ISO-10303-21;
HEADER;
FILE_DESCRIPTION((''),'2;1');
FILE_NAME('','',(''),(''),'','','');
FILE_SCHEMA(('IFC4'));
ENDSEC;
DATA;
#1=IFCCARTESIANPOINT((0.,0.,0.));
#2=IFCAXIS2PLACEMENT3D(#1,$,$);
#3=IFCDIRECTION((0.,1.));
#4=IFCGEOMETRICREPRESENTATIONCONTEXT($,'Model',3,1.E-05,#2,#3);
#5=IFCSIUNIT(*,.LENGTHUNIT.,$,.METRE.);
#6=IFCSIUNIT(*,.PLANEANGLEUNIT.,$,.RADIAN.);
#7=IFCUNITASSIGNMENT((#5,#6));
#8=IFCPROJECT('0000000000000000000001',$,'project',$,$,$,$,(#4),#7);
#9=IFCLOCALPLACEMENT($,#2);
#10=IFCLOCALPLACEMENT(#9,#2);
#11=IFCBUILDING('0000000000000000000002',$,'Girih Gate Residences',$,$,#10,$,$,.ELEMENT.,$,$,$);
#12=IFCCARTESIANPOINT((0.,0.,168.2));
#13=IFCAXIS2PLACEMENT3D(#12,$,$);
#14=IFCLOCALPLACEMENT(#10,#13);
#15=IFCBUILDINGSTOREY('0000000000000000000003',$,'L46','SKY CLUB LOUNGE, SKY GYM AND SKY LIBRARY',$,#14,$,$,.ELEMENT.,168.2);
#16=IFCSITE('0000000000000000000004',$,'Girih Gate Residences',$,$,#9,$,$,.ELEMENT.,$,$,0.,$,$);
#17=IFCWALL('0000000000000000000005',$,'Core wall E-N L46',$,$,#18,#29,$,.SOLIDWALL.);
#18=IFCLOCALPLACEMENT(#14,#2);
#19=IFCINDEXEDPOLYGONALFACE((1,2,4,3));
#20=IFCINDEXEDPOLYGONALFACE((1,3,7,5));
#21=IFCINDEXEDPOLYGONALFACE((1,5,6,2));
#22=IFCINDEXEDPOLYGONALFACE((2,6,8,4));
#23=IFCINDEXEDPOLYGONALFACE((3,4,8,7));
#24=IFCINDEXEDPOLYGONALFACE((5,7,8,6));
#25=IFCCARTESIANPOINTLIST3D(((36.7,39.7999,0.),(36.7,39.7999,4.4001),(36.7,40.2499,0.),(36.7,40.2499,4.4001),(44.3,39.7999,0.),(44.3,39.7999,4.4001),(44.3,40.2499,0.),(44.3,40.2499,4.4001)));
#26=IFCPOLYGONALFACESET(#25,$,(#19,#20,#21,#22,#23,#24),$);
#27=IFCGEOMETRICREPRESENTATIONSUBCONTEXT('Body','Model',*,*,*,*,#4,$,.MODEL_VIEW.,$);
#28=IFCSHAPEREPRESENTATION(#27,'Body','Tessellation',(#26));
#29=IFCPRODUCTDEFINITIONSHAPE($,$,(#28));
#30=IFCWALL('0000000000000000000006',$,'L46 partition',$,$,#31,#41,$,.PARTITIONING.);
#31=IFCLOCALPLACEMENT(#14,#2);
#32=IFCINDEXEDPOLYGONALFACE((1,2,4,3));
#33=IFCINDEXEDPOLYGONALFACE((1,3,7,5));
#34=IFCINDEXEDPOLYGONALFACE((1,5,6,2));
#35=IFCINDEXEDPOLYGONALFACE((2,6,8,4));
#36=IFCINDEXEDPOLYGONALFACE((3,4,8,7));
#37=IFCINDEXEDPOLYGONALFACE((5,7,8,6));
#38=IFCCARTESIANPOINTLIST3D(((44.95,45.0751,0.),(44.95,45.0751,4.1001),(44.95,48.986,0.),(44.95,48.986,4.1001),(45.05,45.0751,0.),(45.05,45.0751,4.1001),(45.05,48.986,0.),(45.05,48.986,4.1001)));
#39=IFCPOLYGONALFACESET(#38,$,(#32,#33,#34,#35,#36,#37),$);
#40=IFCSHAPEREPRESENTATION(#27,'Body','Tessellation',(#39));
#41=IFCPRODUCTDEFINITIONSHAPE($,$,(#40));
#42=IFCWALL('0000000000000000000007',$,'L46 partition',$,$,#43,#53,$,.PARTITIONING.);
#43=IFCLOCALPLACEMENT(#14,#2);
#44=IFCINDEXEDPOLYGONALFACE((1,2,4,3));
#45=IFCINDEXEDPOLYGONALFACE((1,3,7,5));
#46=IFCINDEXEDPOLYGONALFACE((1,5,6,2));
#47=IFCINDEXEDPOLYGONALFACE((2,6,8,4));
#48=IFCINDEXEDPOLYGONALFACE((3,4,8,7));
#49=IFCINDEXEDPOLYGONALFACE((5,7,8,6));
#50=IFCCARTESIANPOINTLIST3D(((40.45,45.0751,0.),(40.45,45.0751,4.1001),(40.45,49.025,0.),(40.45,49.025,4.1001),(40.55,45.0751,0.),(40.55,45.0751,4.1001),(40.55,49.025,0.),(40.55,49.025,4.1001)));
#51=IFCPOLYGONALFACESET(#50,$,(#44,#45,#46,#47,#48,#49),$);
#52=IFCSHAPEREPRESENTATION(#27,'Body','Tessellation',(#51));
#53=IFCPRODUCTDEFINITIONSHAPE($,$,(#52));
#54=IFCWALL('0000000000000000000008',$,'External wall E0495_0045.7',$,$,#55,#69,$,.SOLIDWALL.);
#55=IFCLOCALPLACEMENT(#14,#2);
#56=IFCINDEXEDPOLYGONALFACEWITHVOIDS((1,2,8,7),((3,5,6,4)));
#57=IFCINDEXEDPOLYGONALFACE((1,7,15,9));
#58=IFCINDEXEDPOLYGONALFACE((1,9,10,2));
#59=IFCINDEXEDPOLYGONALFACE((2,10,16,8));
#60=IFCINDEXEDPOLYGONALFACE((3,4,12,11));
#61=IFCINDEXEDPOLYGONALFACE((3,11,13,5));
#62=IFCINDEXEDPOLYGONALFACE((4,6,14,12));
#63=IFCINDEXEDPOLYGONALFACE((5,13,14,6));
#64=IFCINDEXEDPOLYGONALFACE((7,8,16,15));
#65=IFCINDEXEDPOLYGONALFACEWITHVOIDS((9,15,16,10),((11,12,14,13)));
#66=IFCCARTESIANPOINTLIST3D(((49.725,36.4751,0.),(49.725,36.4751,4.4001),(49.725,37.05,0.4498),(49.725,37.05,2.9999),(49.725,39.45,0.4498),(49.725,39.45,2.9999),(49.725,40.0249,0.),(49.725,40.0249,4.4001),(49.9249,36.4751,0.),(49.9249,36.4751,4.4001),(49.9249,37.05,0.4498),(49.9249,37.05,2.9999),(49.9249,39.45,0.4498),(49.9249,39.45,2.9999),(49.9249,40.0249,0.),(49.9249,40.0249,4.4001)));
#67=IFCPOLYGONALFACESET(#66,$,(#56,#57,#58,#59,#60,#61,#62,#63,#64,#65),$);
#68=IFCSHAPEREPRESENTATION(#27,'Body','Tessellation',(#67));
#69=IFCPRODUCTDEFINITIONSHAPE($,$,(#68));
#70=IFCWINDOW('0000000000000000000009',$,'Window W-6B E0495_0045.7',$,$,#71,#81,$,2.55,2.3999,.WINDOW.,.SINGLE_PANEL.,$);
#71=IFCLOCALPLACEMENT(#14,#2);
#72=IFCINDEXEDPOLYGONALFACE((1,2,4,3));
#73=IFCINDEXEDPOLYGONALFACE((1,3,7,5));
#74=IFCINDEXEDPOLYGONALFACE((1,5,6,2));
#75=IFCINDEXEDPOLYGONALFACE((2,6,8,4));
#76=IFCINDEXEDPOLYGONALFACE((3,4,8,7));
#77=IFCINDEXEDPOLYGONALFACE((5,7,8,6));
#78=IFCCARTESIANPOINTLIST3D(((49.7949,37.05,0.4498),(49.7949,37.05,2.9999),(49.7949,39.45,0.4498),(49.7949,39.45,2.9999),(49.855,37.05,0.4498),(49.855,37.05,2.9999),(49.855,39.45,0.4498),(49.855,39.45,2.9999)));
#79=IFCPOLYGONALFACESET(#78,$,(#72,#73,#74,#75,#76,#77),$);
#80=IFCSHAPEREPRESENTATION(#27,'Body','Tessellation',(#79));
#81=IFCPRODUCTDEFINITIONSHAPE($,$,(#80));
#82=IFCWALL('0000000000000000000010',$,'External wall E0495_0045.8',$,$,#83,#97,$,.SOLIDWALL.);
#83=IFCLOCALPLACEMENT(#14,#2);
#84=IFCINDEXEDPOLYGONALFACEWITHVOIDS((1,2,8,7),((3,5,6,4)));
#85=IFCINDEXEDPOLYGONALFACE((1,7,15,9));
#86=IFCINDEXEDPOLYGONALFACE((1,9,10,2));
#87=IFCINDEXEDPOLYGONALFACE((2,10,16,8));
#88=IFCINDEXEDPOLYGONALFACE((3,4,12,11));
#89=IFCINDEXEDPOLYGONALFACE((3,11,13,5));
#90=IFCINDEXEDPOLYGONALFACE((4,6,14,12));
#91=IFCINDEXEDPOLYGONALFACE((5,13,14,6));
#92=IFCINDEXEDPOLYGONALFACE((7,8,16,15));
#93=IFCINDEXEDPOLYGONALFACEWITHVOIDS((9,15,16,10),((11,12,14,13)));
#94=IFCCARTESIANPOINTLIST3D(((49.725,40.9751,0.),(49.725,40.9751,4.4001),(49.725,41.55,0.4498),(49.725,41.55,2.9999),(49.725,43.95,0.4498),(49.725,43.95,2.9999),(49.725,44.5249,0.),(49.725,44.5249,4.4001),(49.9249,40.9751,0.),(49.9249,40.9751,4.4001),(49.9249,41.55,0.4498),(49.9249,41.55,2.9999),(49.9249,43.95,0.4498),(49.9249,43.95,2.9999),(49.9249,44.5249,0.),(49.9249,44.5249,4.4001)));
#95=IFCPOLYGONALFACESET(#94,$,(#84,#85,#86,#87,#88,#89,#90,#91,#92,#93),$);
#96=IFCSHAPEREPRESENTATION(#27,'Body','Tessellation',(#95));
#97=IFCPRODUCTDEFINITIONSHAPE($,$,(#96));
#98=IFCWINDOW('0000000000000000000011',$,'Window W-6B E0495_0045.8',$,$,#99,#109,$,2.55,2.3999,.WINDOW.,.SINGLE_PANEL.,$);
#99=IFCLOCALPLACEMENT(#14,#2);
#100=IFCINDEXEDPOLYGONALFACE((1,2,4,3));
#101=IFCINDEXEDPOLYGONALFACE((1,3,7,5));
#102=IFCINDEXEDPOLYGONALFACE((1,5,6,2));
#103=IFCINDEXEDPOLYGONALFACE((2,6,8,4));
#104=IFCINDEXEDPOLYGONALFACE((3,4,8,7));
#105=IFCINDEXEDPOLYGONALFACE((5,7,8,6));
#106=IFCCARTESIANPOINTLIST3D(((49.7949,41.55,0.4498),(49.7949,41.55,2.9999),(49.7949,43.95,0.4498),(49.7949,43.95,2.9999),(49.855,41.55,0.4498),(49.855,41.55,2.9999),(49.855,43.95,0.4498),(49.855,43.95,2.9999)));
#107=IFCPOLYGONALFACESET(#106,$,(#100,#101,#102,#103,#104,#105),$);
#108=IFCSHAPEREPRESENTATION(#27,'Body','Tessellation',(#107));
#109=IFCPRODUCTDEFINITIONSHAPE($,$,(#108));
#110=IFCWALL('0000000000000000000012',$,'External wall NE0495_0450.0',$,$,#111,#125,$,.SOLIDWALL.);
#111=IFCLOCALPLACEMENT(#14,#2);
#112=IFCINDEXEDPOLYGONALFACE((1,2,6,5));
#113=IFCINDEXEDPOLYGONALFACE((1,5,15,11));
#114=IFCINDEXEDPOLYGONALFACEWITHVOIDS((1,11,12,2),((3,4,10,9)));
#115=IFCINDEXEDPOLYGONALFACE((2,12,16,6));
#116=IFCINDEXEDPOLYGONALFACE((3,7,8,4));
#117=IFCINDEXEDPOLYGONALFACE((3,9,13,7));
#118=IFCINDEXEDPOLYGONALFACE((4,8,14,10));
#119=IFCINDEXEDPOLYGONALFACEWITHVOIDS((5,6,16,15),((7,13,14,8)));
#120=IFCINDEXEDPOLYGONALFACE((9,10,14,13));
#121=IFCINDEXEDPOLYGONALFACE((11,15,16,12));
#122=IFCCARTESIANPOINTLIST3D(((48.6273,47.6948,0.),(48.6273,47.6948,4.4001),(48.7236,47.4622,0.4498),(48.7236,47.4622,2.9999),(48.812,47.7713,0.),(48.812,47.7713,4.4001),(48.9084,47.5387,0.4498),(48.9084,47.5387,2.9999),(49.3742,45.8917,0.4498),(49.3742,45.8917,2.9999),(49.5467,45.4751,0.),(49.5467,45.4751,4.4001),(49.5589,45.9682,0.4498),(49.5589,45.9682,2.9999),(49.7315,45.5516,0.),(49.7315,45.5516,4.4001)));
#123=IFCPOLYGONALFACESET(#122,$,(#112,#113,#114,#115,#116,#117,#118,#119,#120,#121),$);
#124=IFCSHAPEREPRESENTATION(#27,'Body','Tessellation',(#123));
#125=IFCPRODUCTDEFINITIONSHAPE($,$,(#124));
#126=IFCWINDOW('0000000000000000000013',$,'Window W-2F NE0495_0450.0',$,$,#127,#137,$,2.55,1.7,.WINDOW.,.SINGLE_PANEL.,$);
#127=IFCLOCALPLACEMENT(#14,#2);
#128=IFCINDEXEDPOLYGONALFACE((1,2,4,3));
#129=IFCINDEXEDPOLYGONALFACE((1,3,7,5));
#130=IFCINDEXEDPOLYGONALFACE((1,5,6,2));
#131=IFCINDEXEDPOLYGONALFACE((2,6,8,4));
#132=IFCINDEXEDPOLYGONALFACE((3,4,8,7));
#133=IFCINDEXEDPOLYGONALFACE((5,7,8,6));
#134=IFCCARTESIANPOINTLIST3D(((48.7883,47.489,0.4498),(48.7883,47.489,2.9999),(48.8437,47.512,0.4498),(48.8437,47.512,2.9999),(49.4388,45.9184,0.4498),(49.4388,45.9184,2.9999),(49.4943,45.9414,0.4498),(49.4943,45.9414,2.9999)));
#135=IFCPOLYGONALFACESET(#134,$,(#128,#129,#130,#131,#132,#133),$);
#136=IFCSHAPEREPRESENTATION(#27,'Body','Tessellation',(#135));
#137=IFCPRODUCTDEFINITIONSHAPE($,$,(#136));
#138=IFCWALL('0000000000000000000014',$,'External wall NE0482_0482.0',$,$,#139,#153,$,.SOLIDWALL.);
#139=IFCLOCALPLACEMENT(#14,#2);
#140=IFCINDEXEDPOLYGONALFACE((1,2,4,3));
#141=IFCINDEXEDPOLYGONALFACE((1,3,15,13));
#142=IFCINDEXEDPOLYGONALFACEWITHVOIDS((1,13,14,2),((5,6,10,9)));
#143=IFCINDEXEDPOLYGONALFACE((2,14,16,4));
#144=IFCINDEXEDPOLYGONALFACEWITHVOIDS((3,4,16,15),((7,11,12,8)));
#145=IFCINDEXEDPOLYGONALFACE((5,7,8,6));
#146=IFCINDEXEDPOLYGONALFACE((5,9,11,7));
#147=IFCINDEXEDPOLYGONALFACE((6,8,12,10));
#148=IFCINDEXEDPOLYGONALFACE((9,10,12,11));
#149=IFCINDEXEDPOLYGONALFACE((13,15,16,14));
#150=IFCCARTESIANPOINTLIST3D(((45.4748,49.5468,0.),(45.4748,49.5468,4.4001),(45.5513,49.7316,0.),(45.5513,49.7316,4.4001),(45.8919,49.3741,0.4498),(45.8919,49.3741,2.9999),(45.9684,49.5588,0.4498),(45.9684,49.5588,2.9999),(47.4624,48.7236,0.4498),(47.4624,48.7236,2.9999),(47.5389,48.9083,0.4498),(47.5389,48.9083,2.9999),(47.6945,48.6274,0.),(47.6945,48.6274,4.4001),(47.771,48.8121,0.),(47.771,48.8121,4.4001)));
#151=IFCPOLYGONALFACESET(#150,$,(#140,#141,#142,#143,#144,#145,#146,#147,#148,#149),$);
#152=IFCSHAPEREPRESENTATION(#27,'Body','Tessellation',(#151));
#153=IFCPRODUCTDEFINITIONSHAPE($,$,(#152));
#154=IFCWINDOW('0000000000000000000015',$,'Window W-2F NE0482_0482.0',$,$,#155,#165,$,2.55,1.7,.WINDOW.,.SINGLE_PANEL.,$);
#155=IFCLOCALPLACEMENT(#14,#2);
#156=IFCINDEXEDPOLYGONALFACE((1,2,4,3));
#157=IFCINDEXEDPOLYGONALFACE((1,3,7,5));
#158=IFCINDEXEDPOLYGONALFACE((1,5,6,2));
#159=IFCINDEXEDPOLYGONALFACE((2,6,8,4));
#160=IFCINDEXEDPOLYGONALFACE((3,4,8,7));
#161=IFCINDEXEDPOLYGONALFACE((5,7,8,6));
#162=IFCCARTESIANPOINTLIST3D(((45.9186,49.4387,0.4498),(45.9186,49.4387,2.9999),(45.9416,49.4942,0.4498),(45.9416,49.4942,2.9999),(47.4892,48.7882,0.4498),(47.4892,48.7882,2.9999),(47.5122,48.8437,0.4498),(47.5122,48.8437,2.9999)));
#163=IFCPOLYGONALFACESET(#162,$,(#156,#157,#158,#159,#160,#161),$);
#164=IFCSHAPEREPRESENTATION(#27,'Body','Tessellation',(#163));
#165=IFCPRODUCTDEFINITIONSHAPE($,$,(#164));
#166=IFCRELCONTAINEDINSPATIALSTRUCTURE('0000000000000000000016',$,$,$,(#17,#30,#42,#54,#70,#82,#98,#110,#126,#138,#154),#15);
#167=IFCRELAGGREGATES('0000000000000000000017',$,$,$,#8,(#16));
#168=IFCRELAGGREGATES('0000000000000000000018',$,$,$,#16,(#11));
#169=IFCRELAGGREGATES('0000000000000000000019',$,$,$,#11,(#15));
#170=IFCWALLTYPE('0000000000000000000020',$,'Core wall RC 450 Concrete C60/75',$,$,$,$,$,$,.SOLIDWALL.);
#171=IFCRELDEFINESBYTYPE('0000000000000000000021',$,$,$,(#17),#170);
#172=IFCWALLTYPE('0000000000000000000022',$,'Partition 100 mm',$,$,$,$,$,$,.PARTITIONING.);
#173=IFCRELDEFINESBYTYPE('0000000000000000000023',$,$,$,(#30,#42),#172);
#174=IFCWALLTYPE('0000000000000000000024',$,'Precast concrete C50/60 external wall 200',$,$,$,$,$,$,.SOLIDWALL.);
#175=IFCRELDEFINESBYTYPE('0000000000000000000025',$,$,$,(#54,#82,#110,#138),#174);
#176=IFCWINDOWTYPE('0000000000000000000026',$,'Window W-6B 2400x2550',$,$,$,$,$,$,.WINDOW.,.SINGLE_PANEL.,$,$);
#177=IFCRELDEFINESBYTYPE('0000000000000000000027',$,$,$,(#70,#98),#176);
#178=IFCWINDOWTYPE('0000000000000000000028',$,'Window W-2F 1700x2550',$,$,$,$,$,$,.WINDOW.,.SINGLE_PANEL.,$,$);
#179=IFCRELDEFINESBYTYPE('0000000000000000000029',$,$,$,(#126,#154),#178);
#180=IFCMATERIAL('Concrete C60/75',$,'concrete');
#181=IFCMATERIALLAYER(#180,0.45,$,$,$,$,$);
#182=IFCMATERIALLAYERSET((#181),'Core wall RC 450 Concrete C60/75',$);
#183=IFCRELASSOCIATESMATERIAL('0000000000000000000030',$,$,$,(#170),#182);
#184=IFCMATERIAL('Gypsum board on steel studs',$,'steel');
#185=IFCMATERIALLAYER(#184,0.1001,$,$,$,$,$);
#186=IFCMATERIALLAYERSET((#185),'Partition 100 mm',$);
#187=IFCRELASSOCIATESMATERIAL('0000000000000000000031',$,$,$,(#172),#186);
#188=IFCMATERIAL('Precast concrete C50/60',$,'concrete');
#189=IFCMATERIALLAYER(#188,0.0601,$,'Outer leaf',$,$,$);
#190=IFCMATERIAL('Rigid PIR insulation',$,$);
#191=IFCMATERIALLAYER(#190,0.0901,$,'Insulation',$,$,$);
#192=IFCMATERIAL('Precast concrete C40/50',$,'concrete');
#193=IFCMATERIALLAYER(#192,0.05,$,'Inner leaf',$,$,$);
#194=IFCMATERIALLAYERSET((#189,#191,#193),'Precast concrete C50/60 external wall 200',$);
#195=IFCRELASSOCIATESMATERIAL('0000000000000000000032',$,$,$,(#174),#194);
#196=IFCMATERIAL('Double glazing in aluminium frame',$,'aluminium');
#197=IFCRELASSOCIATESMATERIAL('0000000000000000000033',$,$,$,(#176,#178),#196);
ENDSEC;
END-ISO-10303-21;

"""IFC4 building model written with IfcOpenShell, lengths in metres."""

from ifc_helpers import new_model, si_unit, direction, frame, frame_2d, origin, place, context, subcontext, project, spatial, rectangle, extrude, material, layer, layer_set, type_object, element, fill, save


model = new_model("IFC4")

# Units and contexts
model_context = context("Model", 3, precision=1e-05, world=origin(), true_north=direction((0.0, 1.0)))
body_context = subcontext(model_context, "Body", "Model", "MODEL_VIEW")
ifc_project = project(units=[si_unit("LENGTHUNIT", "METRE"), si_unit("PLANEANGLEUNIT", "RADIAN")], contexts=[model_context])

# Site, building, storey
site_placement = place(None, origin())
site = spatial("IfcSite", under=ifc_project, at=site_placement, Name="Girih Gate Residences", CompositionType="ELEMENT", RefElevation=0.0)
building_placement = place(site_placement, origin())
building = spatial("IfcBuilding", under=site, at=building_placement, Name="Girih Gate Residences", CompositionType="ELEMENT")
storey_placement = place(building_placement, frame((0.0, 0.0, 168.2)))
storey = spatial("IfcBuildingStorey", under=building, at=storey_placement, Name="L46", Description="SKY CLUB LOUNGE, SKY GYM AND SKY LIBRARY", CompositionType="ELEMENT", Elevation=168.2)

# Shared definitions
ifc_material_1 = material(Name="Concrete C60/75", Category="concrete")

# Shared definitions
ifc_material_2 = material(Name="Gypsum board on steel studs", Category="steel")

# Walls
ifc_layer_1 = layer(ifc_material_1, 0.45)
ifc_layer_set_1 = layer_set([ifc_layer_1], Name="Core wall RC 450 Concrete C60/75")
wall_type_1 = type_object("IfcWallType", Name="Core wall RC 450 Concrete C60/75", PredefinedType="SOLIDWALL", material=ifc_layer_set_1)
wall_1_placement = place(storey_placement, frame((36.7, 40.0249, 0.0), z_axis=(0.0, 0.0, 1.0), x_axis=(1.0, 0.0, 0.0)))
element("IfcWall", 1, at=wall_1_placement, inside=storey, type_object=wall_type_1, Name="Core wall E-N L46", PredefinedType="SOLIDWALL", context=body_context, shape_type="SweptSolid", body=[
    extrude(rectangle(XDim=7.6001, YDim=0.45, at=frame_2d((3.8, 0.0))), origin(), (0.0, 0.0, 1.0), 4.4001),
])
ifc_layer_2 = layer(ifc_material_2, 0.1001)
ifc_layer_set_2 = layer_set([ifc_layer_2], Name="Partition 100 mm")
wall_type_2 = type_object("IfcWallType", Name="Partition 100 mm", PredefinedType="PARTITIONING", material=ifc_layer_set_2)
wall_2_placement = place(storey_placement, frame((45.0, 45.075, 0.0), z_axis=(0.0, 0.0, 1.0), x_axis=(0.0, 1.0, 0.0)))
element("IfcWall", 2, at=wall_2_placement, inside=storey, type_object=wall_type_2, Name="L46 partition", PredefinedType="PARTITIONING", context=body_context, shape_type="SweptSolid", body=[
    extrude(rectangle(XDim=3.9109, YDim=0.1001, at=frame_2d((1.9556, 0.0))), origin(), (0.0, 0.0, 1.0), 4.1001),
])
wall_3_placement = place(storey_placement, frame((40.5, 45.075, 0.0), z_axis=(0.0, 0.0, 1.0), x_axis=(0.0, 1.0, 0.0)))
element("IfcWall", 3, at=wall_3_placement, inside=storey, type_object=wall_type_2, Name="L46 partition", PredefinedType="PARTITIONING", context=body_context, shape_type="SweptSolid", body=[
    extrude(rectangle(XDim=3.95, YDim=0.1001, at=frame_2d((1.9751, 0.0))), origin(), (0.0, 0.0, 1.0), 4.1001),
])

# Walls, openings, windows
ifc_material_3 = material(Name="Precast concrete C50/60", Category="concrete")
ifc_layer_3 = layer(ifc_material_3, 0.0601, Name="Outer leaf")
ifc_material_4 = material(Name="Rigid PIR insulation")
ifc_layer_4 = layer(ifc_material_4, 0.0901, Name="Insulation")
ifc_material_5 = material(Name="Precast concrete C40/50", Category="concrete")
ifc_layer_5 = layer(ifc_material_5, 0.05, Name="Inner leaf")
ifc_layer_set_3 = layer_set([ifc_layer_3, ifc_layer_4, ifc_layer_5], Name="Precast concrete C50/60 external wall 200")
wall_type_3 = type_object("IfcWallType", Name="Precast concrete C50/60 external wall 200", PredefinedType="SOLIDWALL", material=ifc_layer_set_3)
wall_4_placement = place(storey_placement, frame((49.825, 40.0249, 0.0), z_axis=(0.0, 0.0, 1.0), x_axis=(0.0, -1.0, 0.0)))
wall_4 = element("IfcWall", 4, at=wall_4_placement, inside=storey, type_object=wall_type_3, Name="External wall E0495_0045.7", PredefinedType="SOLIDWALL", context=body_context, shape_type="SweptSolid", body=[
    extrude(rectangle(XDim=3.5498, YDim=0.2, at=frame_2d((1.7749, 0.0))), origin(), (0.0, 0.0, 1.0), 4.4001),
])
opening_1_placement = place(wall_4_placement, frame((0.575, 0.0, 0.45)))
opening_1 = element("IfcOpeningElement", 5, at=opening_1_placement, cuts=wall_4, PredefinedType="OPENING", context=body_context, shape_type="SweptSolid", body=[
    extrude(rectangle(XDim=2.3999, YDim=2.55, at=frame_2d((1.2, 1.2749))), frame((0.0, 0.1099, 0.0), z_axis=(0.0, -1.0, 0.0), x_axis=(1.0, 0.0, 0.0)), (0.0, 0.0, 1.0), 0.22),
])
ifc_material_6 = material(Name="Double glazing in aluminium frame", Category="aluminium")
window_type_1 = type_object("IfcWindowType", Name="Window W-6B 2400x2550", PartitioningType="SINGLE_PANEL", PredefinedType="WINDOW", material=ifc_material_6)
window_1_placement = place(opening_1_placement, origin())
window_1 = element("IfcWindow", 6, at=window_1_placement, inside=storey, type_object=window_type_1, Name="Window W-6B E0495_0045.7", OverallHeight=2.55, OverallWidth=2.3999, PartitioningType="SINGLE_PANEL", PredefinedType="WINDOW", context=body_context, shape_type="SweptSolid", body=[
    extrude(rectangle(XDim=2.3999, YDim=2.55, at=frame_2d((1.2, 1.2749))), frame((0.0, 0.03, 0.0), z_axis=(0.0, -1.0, 0.0), x_axis=(1.0, 0.0, 0.0)), (0.0, 0.0, 1.0), 0.0601),
])
fill(opening_1, window_1)
wall_5_placement = place(storey_placement, frame((49.825, 44.5249, 0.0), z_axis=(0.0, 0.0, 1.0), x_axis=(0.0, -1.0, 0.0)))
wall_5 = element("IfcWall", 7, at=wall_5_placement, inside=storey, type_object=wall_type_3, Name="External wall E0495_0045.8", PredefinedType="SOLIDWALL", context=body_context, shape_type="SweptSolid", body=[
    extrude(rectangle(XDim=3.5498, YDim=0.2, at=frame_2d((1.7749, 0.0))), origin(), (0.0, 0.0, 1.0), 4.4001),
])
opening_2_placement = place(wall_5_placement, frame((0.575, 0.0, 0.45)))
opening_2 = element("IfcOpeningElement", 8, at=opening_2_placement, cuts=wall_5, PredefinedType="OPENING", context=body_context, shape_type="SweptSolid", body=[
    extrude(rectangle(XDim=2.3999, YDim=2.55, at=frame_2d((1.2, 1.2749))), frame((0.0, 0.1099, 0.0), z_axis=(0.0, -1.0, 0.0), x_axis=(1.0, 0.0, 0.0)), (0.0, 0.0, 1.0), 0.22),
])
window_2_placement = place(opening_2_placement, origin())
window_2 = element("IfcWindow", 9, at=window_2_placement, inside=storey, type_object=window_type_1, Name="Window W-6B E0495_0045.8", OverallHeight=2.55, OverallWidth=2.3999, PartitioningType="SINGLE_PANEL", PredefinedType="WINDOW", context=body_context, shape_type="SweptSolid", body=[
    extrude(rectangle(XDim=2.3999, YDim=2.55, at=frame_2d((1.2, 1.2749))), frame((0.0, 0.03, 0.0), z_axis=(0.0, -1.0, 0.0), x_axis=(1.0, 0.0, 0.0)), (0.0, 0.0, 1.0), 0.0601),
])
fill(opening_2, window_2)
wall_6_placement = place(storey_placement, frame((48.7197, 47.7329, 0.0), z_axis=(0.0, 0.0, 1.0), x_axis=(0.382681, -0.923881, 0.0)))
wall_6 = element("IfcWall", 10, at=wall_6_placement, inside=storey, type_object=wall_type_3, Name="External wall NE0495_0450.0", PredefinedType="SOLIDWALL", context=body_context, shape_type="SweptSolid", body=[
    extrude(rectangle(XDim=2.4026, YDim=0.2, at=frame_2d((1.2012, 0.0))), origin(), (0.0, 0.0, 1.0), 4.4001),
])
opening_3_placement = place(wall_6_placement, frame((0.2515, 0.0, 0.45)))
opening_3 = element("IfcOpeningElement", 11, at=opening_3_placement, cuts=wall_6, PredefinedType="OPENING", context=body_context, shape_type="SweptSolid", body=[
    extrude(rectangle(XDim=1.7, YDim=2.55, at=frame_2d((0.8501, 1.2749))), frame((0.0, 0.1099, 0.0), z_axis=(0.0, -1.0, 0.0), x_axis=(1.0, 0.0, 0.0)), (0.0, 0.0, 1.0), 0.22),
])
window_type_2 = type_object("IfcWindowType", Name="Window W-2F 1700x2550", PartitioningType="SINGLE_PANEL", PredefinedType="WINDOW", material=ifc_material_6)
window_3_placement = place(opening_3_placement, origin())
window_3 = element("IfcWindow", 12, at=window_3_placement, inside=storey, type_object=window_type_2, Name="Window W-2F NE0495_0450.0", OverallHeight=2.55, OverallWidth=1.7, PartitioningType="SINGLE_PANEL", PredefinedType="WINDOW", context=body_context, shape_type="SweptSolid", body=[
    extrude(rectangle(XDim=1.7, YDim=2.55, at=frame_2d((0.8501, 1.2749))), frame((0.0, 0.03, 0.0), z_axis=(0.0, -1.0, 0.0), x_axis=(1.0, 0.0, 0.0)), (0.0, 0.0, 1.0), 0.0601),
])
fill(opening_3, window_3)
wall_7_placement = place(storey_placement, frame((45.5132, 49.6392, 0.0), z_axis=(0.0, 0.0, 1.0), x_axis=(0.923881, -0.382681, 0.0)))
wall_7 = element("IfcWall", 13, at=wall_7_placement, inside=storey, type_object=wall_type_3, Name="External wall NE0482_0482.0", PredefinedType="SOLIDWALL", context=body_context, shape_type="SweptSolid", body=[
    extrude(rectangle(XDim=2.4026, YDim=0.2, at=frame_2d((1.2012, 0.0))), origin(), (0.0, 0.0, 1.0), 4.4001),
])
opening_4_placement = place(wall_7_placement, frame((0.4512, 0.0, 0.45)))
opening_4 = element("IfcOpeningElement", 14, at=opening_4_placement, cuts=wall_7, PredefinedType="OPENING", context=body_context, shape_type="SweptSolid", body=[
    extrude(rectangle(XDim=1.7, YDim=2.55, at=frame_2d((0.8501, 1.2749))), frame((0.0, 0.1099, 0.0), z_axis=(0.0, -1.0, 0.0), x_axis=(1.0, 0.0, 0.0)), (0.0, 0.0, 1.0), 0.22),
])
window_4_placement = place(opening_4_placement, origin())
window_4 = element("IfcWindow", 15, at=window_4_placement, inside=storey, type_object=window_type_2, Name="Window W-2F NE0482_0482.0", OverallHeight=2.55, OverallWidth=1.7, PartitioningType="SINGLE_PANEL", PredefinedType="WINDOW", context=body_context, shape_type="SweptSolid", body=[
    extrude(rectangle(XDim=1.7, YDim=2.55, at=frame_2d((0.8501, 1.2749))), frame((0.0, 0.03, 0.0), z_axis=(0.0, -1.0, 0.0), x_axis=(1.0, 0.0, 0.0)), (0.0, 0.0, 1.0), 0.0601),
])
fill(opening_4, window_4)

save(model, "model.ifc")
